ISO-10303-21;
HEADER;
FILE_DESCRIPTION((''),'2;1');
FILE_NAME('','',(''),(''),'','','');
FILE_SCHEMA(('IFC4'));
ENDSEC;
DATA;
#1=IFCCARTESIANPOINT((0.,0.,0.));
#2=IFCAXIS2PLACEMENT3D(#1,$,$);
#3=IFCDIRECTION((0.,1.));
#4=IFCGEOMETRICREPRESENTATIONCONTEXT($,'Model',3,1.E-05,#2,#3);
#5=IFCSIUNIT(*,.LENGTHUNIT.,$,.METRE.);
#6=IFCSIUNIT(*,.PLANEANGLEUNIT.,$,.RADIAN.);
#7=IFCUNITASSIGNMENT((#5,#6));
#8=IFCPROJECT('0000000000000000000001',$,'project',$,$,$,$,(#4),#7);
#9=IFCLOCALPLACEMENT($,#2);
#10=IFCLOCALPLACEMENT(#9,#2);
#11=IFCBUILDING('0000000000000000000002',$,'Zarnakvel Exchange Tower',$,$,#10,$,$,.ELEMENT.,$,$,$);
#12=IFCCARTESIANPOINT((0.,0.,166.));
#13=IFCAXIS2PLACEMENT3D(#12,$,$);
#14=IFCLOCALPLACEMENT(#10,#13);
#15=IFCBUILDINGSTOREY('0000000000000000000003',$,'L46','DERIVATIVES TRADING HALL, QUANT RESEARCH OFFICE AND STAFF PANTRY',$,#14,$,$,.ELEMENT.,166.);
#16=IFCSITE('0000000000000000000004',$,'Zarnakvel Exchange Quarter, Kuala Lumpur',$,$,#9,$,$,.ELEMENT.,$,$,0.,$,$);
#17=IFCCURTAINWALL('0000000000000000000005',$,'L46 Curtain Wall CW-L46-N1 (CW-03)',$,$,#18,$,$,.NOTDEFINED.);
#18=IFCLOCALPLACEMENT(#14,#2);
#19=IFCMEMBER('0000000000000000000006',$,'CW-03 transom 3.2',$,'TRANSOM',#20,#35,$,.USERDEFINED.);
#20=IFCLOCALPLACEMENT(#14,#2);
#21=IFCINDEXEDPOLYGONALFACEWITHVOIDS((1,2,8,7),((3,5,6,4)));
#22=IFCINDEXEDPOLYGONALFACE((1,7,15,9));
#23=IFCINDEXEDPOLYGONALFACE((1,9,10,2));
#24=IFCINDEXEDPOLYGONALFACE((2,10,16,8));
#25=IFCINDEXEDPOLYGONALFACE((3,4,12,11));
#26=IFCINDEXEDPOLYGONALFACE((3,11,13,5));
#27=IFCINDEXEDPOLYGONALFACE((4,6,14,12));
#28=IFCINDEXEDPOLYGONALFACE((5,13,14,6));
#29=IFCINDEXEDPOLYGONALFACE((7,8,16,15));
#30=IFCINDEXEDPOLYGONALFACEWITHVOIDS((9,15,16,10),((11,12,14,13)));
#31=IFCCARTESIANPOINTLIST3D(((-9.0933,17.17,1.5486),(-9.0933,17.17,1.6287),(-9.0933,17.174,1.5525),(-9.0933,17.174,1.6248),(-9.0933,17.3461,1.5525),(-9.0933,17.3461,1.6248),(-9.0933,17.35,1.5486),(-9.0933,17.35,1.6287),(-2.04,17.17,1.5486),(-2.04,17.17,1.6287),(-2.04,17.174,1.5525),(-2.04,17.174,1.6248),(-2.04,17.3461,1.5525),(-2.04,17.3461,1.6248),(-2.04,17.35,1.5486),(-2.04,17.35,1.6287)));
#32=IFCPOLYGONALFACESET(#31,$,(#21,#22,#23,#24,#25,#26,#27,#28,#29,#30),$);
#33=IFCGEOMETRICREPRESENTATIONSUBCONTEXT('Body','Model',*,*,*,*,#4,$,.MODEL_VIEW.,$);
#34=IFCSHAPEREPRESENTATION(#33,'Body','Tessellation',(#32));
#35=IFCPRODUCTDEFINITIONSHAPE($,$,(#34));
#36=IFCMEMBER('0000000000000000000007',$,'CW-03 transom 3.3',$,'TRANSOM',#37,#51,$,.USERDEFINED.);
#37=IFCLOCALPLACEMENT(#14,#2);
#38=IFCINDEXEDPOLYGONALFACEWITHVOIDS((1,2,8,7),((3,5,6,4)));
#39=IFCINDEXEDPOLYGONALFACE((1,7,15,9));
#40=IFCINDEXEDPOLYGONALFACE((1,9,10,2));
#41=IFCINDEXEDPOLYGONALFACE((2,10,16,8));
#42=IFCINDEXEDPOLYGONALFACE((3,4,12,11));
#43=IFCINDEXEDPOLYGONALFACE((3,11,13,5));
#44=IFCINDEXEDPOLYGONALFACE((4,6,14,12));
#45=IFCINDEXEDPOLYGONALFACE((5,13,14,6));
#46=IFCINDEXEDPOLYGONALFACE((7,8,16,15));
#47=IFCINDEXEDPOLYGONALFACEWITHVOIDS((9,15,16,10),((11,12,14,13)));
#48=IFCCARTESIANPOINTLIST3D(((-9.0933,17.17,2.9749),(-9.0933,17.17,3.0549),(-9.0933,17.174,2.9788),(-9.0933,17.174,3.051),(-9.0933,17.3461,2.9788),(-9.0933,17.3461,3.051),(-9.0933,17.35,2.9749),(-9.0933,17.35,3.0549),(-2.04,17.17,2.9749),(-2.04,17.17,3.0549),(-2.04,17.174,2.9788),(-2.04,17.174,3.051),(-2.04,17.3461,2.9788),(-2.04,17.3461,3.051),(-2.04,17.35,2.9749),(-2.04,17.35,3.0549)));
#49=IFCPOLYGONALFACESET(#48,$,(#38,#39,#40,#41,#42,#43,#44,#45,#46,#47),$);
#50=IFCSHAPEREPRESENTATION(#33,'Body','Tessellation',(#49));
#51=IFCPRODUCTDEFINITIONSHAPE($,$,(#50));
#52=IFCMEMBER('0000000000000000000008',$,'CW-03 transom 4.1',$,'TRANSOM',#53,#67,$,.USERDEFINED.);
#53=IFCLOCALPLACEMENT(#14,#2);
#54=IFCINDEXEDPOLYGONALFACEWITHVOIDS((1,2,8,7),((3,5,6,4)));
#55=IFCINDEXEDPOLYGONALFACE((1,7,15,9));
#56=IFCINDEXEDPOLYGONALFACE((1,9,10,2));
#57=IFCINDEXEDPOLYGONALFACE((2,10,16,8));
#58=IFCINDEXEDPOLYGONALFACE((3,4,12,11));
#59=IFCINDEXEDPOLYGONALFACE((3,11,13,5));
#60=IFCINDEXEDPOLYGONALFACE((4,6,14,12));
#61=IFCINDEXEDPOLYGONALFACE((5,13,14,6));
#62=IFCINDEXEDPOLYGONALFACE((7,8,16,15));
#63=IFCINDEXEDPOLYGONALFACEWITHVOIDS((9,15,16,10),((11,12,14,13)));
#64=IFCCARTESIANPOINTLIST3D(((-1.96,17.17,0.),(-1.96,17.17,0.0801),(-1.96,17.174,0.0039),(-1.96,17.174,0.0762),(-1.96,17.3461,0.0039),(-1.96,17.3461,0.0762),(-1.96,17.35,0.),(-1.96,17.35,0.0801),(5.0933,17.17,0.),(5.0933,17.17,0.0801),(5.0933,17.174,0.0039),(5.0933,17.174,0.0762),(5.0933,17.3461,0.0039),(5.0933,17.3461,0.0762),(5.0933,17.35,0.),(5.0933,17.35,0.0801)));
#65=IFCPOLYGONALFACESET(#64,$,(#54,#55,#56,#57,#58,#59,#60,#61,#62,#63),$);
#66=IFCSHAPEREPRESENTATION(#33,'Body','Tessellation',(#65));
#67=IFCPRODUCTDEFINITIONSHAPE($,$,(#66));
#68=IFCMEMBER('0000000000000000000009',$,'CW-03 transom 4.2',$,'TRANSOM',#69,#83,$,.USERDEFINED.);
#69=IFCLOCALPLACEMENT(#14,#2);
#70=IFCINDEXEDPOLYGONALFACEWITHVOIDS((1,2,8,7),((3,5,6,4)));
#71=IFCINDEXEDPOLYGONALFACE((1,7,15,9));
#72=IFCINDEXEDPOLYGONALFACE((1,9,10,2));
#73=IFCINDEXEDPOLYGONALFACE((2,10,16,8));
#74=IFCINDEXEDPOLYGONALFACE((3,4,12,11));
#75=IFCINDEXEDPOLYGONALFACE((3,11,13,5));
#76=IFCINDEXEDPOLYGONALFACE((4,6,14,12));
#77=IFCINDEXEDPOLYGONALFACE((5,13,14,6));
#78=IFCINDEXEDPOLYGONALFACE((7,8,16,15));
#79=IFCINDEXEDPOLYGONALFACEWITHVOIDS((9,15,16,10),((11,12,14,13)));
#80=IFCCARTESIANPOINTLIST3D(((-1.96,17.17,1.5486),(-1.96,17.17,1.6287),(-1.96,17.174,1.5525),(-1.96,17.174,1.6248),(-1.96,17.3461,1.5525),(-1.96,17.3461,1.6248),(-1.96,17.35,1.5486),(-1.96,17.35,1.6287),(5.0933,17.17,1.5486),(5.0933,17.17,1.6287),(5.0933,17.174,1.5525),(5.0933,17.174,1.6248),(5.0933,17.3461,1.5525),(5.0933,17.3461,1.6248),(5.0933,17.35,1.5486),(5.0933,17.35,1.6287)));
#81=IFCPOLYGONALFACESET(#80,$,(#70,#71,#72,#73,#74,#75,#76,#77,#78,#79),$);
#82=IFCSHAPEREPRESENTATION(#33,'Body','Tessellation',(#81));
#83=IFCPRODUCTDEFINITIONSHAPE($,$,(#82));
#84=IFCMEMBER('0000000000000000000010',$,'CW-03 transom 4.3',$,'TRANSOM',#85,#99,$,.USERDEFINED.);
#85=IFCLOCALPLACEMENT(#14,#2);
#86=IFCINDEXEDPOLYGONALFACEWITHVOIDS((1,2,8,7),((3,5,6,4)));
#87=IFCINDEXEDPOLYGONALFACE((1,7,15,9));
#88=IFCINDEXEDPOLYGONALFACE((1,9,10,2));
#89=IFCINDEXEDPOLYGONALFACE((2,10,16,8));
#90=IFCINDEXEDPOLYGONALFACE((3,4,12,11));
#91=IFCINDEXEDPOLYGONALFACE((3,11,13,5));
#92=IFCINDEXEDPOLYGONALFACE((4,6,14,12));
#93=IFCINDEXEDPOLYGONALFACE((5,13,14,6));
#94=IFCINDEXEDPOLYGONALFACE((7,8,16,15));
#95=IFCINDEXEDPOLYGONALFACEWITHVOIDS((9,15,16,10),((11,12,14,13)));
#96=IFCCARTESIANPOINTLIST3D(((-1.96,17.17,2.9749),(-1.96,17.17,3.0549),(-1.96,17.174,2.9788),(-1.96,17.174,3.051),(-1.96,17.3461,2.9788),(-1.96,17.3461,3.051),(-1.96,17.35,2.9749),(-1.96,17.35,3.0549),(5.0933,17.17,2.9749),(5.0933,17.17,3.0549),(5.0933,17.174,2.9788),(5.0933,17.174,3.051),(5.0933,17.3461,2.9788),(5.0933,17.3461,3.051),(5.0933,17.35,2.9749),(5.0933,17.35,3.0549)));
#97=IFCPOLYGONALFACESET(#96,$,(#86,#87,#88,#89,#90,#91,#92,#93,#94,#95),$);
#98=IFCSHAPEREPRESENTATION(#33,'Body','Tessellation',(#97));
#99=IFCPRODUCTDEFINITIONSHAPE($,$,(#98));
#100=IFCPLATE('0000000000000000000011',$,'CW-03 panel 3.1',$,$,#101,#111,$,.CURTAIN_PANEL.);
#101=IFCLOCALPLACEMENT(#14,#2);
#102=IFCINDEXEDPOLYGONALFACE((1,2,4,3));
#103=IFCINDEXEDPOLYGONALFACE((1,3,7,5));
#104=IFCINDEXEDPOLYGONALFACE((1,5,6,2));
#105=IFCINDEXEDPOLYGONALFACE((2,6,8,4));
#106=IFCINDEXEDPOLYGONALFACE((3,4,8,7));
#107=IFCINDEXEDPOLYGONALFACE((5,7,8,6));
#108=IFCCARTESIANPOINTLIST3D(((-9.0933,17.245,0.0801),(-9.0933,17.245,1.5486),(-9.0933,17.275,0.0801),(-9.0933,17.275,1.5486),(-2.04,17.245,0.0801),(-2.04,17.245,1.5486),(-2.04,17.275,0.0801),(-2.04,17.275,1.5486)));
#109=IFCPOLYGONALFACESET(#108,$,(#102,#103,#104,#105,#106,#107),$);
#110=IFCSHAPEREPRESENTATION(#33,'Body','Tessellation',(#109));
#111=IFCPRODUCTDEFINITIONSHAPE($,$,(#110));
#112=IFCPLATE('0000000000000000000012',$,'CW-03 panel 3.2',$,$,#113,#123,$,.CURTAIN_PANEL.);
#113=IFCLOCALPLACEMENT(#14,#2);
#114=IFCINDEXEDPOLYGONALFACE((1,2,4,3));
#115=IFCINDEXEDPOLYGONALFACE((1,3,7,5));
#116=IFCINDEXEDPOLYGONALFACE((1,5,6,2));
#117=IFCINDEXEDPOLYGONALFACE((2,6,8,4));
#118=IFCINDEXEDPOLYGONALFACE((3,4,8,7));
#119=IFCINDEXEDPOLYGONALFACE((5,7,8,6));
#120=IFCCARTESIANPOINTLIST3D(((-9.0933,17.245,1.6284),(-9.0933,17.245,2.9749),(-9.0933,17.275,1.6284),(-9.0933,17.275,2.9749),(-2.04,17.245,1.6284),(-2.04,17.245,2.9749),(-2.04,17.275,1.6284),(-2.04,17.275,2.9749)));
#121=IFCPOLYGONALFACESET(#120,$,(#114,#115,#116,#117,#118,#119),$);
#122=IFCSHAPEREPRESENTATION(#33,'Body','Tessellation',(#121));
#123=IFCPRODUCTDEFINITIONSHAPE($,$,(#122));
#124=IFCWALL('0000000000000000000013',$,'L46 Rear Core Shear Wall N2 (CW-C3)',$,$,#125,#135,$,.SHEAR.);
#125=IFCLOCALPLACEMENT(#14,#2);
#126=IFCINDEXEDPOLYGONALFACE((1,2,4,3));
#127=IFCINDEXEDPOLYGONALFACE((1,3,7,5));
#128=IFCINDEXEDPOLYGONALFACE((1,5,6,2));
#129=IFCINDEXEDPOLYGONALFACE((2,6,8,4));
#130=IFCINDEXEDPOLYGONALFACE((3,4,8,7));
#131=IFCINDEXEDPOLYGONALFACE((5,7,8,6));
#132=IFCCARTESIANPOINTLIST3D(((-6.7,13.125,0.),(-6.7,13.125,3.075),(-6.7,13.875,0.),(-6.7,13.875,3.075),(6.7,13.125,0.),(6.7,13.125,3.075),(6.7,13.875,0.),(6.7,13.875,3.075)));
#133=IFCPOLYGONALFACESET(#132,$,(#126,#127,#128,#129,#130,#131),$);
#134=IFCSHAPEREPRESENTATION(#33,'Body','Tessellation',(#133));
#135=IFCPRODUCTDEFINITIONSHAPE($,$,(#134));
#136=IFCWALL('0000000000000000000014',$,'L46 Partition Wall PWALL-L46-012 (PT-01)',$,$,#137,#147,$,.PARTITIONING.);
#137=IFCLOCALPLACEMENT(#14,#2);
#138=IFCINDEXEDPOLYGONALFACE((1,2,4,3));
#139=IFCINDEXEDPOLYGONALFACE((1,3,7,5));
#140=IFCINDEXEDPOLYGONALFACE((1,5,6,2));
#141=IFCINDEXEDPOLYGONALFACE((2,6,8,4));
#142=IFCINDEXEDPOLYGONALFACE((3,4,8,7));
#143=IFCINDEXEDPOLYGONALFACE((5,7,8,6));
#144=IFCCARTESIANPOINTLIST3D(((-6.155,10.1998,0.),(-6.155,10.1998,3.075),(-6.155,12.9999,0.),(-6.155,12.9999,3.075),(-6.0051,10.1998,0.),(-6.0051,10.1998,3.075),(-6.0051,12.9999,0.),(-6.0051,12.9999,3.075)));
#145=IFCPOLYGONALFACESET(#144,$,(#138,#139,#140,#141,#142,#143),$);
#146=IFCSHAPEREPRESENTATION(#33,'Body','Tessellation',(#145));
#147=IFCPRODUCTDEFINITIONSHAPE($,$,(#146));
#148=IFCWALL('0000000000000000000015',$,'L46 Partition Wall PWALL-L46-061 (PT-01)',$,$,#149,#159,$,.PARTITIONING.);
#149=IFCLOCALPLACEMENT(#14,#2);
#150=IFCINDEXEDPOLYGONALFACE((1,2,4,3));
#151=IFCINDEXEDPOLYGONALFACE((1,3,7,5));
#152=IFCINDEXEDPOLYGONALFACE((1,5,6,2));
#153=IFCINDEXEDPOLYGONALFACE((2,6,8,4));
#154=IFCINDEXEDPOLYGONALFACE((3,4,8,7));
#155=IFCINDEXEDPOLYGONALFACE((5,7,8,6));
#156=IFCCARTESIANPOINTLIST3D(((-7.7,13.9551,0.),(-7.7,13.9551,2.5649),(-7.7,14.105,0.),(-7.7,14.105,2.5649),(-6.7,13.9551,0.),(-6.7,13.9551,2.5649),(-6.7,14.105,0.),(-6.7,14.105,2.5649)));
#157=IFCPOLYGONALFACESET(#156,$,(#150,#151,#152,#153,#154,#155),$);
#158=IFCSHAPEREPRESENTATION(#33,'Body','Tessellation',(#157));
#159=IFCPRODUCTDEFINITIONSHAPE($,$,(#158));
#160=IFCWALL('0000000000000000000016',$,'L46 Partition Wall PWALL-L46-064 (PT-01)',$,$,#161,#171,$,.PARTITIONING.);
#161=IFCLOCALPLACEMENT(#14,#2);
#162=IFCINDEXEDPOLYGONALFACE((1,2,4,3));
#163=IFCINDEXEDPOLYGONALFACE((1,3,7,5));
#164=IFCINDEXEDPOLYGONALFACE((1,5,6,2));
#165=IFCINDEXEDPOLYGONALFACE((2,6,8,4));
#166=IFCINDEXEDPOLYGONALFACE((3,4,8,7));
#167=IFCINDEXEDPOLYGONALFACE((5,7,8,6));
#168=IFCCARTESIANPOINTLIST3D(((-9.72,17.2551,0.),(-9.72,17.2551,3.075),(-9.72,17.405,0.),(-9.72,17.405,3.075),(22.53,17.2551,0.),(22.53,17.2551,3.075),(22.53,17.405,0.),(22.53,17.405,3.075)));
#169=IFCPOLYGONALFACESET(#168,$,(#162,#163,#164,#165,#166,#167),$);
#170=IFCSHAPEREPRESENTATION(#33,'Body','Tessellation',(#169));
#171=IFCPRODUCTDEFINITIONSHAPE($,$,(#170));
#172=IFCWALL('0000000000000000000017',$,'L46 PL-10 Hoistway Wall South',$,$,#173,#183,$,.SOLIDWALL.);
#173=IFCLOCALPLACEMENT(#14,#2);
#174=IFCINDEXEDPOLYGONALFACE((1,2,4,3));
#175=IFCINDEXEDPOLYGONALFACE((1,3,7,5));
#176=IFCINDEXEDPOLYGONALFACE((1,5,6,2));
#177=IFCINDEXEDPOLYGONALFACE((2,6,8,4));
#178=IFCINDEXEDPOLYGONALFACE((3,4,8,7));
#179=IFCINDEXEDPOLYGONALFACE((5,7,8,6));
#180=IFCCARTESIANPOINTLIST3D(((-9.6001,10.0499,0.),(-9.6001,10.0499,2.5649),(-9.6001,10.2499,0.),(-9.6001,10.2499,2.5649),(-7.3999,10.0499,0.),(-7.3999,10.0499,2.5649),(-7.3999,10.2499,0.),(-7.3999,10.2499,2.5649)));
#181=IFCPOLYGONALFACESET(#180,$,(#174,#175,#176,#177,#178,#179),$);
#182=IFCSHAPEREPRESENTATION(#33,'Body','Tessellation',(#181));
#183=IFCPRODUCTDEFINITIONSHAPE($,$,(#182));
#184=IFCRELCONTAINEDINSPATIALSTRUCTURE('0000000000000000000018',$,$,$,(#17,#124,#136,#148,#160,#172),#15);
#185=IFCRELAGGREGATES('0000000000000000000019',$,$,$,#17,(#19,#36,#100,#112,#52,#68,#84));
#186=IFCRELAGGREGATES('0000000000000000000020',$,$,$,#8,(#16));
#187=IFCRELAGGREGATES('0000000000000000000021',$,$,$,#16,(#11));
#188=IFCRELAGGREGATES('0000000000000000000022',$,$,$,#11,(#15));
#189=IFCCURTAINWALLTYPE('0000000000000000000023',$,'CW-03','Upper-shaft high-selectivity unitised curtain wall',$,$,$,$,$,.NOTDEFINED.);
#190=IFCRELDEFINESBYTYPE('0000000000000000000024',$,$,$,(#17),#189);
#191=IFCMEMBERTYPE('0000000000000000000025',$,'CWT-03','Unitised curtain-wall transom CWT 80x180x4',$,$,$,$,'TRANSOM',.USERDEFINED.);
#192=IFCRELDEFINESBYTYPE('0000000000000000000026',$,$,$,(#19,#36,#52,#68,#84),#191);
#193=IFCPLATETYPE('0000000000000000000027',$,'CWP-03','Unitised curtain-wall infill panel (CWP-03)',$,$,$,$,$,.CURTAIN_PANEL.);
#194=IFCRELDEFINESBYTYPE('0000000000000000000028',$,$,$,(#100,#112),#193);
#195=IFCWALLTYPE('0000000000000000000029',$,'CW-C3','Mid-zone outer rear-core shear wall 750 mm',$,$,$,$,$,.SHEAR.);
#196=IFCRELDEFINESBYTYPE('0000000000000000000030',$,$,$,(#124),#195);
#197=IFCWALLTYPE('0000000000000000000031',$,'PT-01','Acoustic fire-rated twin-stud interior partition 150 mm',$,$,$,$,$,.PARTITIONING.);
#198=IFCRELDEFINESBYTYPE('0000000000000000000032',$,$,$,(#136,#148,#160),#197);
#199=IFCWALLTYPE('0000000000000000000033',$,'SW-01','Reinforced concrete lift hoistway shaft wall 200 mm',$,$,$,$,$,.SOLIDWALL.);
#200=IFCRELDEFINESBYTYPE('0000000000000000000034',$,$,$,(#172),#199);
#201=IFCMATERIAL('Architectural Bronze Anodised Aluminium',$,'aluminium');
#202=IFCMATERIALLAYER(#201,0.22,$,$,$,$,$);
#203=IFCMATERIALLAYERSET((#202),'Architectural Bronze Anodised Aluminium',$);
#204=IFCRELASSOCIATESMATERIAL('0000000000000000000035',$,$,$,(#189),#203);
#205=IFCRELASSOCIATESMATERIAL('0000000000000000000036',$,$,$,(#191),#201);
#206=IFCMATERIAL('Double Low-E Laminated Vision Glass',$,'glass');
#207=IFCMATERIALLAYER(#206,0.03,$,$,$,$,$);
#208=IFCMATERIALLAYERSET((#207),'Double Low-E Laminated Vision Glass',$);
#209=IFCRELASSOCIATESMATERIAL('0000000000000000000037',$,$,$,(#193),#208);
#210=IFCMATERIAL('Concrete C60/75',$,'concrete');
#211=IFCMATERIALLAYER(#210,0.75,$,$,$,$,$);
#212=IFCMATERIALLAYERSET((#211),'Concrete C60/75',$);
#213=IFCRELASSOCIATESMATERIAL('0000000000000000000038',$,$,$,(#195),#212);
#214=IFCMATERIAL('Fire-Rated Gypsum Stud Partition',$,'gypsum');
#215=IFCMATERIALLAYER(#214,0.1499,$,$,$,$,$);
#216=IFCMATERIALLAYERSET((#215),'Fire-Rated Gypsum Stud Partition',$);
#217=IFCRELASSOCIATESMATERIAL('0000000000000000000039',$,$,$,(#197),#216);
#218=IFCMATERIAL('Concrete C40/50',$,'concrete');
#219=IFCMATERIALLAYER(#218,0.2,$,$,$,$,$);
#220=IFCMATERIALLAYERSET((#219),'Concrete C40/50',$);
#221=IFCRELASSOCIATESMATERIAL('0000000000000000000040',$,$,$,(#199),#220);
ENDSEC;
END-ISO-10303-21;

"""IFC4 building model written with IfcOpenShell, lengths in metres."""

from ifc_helpers import new_model, si_unit, direction, frame, frame_2d, origin, origin_2d, place, context, subcontext, project, spatial, rectangle, hollow_rectangle, extrude, source, transform, mapped, material, layer, layer_set, material_profile, profile_set, type_object, element, aggregate, save


model = new_model("IFC4")

# Units and contexts
model_context = context("Model", 3, precision=1e-05, world=origin(), true_north=direction((0.0, 1.0)))
body_context = subcontext(model_context, "Body", "Model", "MODEL_VIEW")
ifc_project = project(units=[si_unit("LENGTHUNIT", "METRE"), si_unit("PLANEANGLEUNIT", "RADIAN")], contexts=[model_context])

# Site, building, storey
site_placement = place(None, origin())
site = spatial("IfcSite", under=ifc_project, at=site_placement, Name="Zarnakvel Exchange Quarter, Kuala Lumpur", CompositionType="ELEMENT", RefElevation=0.0)
building_placement = place(site_placement, origin())
building = spatial("IfcBuilding", under=site, at=building_placement, Name="Zarnakvel Exchange Tower", CompositionType="ELEMENT")
storey_placement = place(building_placement, frame((0.0, 0.0, 166.0)))
storey = spatial("IfcBuildingStorey", under=building, at=storey_placement, Name="L46", Description="DERIVATIVES TRADING HALL, QUANT RESEARCH OFFICE AND STAFF PANTRY", CompositionType="ELEMENT", Elevation=166.0)

# Shared definitions
ifc_material_1 = material(Name="Concrete C60/75", Category="concrete")

# Curtain wall, members, plates
ifc_material_2 = material(Name="Architectural Bronze Anodised Aluminium", Category="aluminium")
ifc_layer_1 = layer(ifc_material_2, 0.22)
ifc_layer_set_1 = layer_set([ifc_layer_1], Name="Architectural Bronze Anodised Aluminium")
curtain_wall_type = type_object("IfcCurtainWallType", Name="CW-03", Description="Upper-shaft high-selectivity unitised curtain wall", PredefinedType="NOTDEFINED", material=ifc_layer_set_1)
curtain_wall_placement = place(storey_placement, origin())
curtain_wall = element("IfcCurtainWall", 1, at=curtain_wall_placement, inside=storey, type_object=curtain_wall_type, Name="L46 Curtain Wall CW-L46-N1 (CW-03)", PredefinedType="NOTDEFINED")
ifc_material_profile_1 = material_profile(ifc_material_2, hollow_rectangle(XDim=0.1799, YDim=0.0801, WallThickness=0.0039, at=origin_2d()))
ifc_profile_set_1 = profile_set([ifc_material_profile_1], Name="Architectural Bronze Anodised Aluminium")
member_type_1 = type_object("IfcMemberType", Name="CWT-03", Description="Unitised curtain-wall transom CWT 80x180x4", ElementType="TRANSOM", PredefinedType="USERDEFINED", material=ifc_profile_set_1)
shared_shape_1 = source(origin(), body_context, "Body", "SweptSolid", [
    extrude(hollow_rectangle(XDim=0.1799, YDim=0.0801, WallThickness=0.0039, at=origin_2d()), origin(), (0.0, 0.0, 1.0), 7.0532),
])
member_1_placement = place(storey_placement, frame((-9.0933, 17.26, 1.5886), z_axis=(1.0, 0.0, 0.0), x_axis=(0.0, 1.0, 0.0)))
member_1 = element("IfcMember", 2, at=member_1_placement, type_object=member_type_1, Name="CW-03 transom 3.2", ObjectType="TRANSOM", PredefinedType="USERDEFINED", context=body_context, shape_type="MappedRepresentation", body=[
    mapped(shared_shape_1, transform((0.0, 0.0, 0.0), x_axis=(1.0, 0.0, 0.0), y_axis=(0.0, 1.0, 0.0), z_axis=(0.0, 0.0, 1.0), scale=1.0)),
])
member_2_placement = place(storey_placement, frame((-9.0933, 17.26, 3.0149), z_axis=(1.0, 0.0, 0.0), x_axis=(0.0, 1.0, 0.0)))
member_2 = element("IfcMember", 3, at=member_2_placement, type_object=member_type_1, Name="CW-03 transom 3.3", ObjectType="TRANSOM", PredefinedType="USERDEFINED", context=body_context, shape_type="MappedRepresentation", body=[
    mapped(shared_shape_1, transform((0.0, 0.0, 0.0), x_axis=(1.0, 0.0, 0.0), y_axis=(0.0, 1.0, 0.0), z_axis=(0.0, 0.0, 1.0), scale=1.0)),
])
member_3_placement = place(storey_placement, frame((-1.96, 17.26, 0.04), z_axis=(1.0, 0.0, 0.0), x_axis=(0.0, 1.0, 0.0)))
member_3 = element("IfcMember", 4, at=member_3_placement, type_object=member_type_1, Name="CW-03 transom 4.1", ObjectType="TRANSOM", PredefinedType="USERDEFINED", context=body_context, shape_type="MappedRepresentation", body=[
    mapped(shared_shape_1, transform((0.0, 0.0, 0.0), x_axis=(1.0, 0.0, 0.0), y_axis=(0.0, 1.0, 0.0), z_axis=(0.0, 0.0, 1.0), scale=1.0)),
])
member_4_placement = place(storey_placement, frame((-1.96, 17.26, 1.5886), z_axis=(1.0, 0.0, 0.0), x_axis=(0.0, 1.0, 0.0)))
member_4 = element("IfcMember", 5, at=member_4_placement, type_object=member_type_1, Name="CW-03 transom 4.2", ObjectType="TRANSOM", PredefinedType="USERDEFINED", context=body_context, shape_type="MappedRepresentation", body=[
    mapped(shared_shape_1, transform((0.0, 0.0, 0.0), x_axis=(1.0, 0.0, 0.0), y_axis=(0.0, 1.0, 0.0), z_axis=(0.0, 0.0, 1.0), scale=1.0)),
])
member_5_placement = place(storey_placement, frame((-1.96, 17.26, 3.0149), z_axis=(1.0, 0.0, 0.0), x_axis=(0.0, 1.0, 0.0)))
member_5 = element("IfcMember", 6, at=member_5_placement, type_object=member_type_1, Name="CW-03 transom 4.3", ObjectType="TRANSOM", PredefinedType="USERDEFINED", context=body_context, shape_type="MappedRepresentation", body=[
    mapped(shared_shape_1, transform((0.0, 0.0, 0.0), x_axis=(1.0, 0.0, 0.0), y_axis=(0.0, 1.0, 0.0), z_axis=(0.0, 0.0, 1.0), scale=1.0)),
])
ifc_material_3 = material(Name="Double Low-E Laminated Vision Glass", Category="glass")
ifc_layer_2 = layer(ifc_material_3, 0.03)
ifc_layer_set_2 = layer_set([ifc_layer_2], Name="Double Low-E Laminated Vision Glass")
plate_type = type_object("IfcPlateType", Name="CWP-03", Description="Unitised curtain-wall infill panel (CWP-03)", PredefinedType="CURTAIN_PANEL", material=ifc_layer_set_2)
shared_shape_2 = source(origin(), body_context, "Body", "SweptSolid", [
    extrude(rectangle(XDim=7.0532, YDim=0.03, at=origin_2d()), origin(), (0.0, 0.0, 1.0), 1.4685),
])
plate_1_placement = place(storey_placement, frame((-5.5667, 17.26, 0.0801), z_axis=(0.0, 0.0, 1.0), x_axis=(1.0, 0.0, 0.0)))
plate_1 = element("IfcPlate", 7, at=plate_1_placement, type_object=plate_type, Name="CW-03 panel 3.1", PredefinedType="CURTAIN_PANEL", context=body_context, shape_type="MappedRepresentation", body=[
    mapped(shared_shape_2, transform((0.0, 0.0, 0.0), x_axis=(1.0, 0.0, 0.0), y_axis=(0.0, 1.0, 0.0), z_axis=(0.0, 0.0, 1.0), scale=1.0)),
])
shared_shape_3 = source(origin(), body_context, "Body", "SweptSolid", [
    extrude(rectangle(XDim=7.0532, YDim=0.03, at=origin_2d()), origin(), (0.0, 0.0, 1.0), 1.3464),
])
plate_2_placement = place(storey_placement, frame((-5.5667, 17.26, 1.6284), z_axis=(0.0, 0.0, 1.0), x_axis=(1.0, 0.0, 0.0)))
plate_2 = element("IfcPlate", 8, at=plate_2_placement, type_object=plate_type, Name="CW-03 panel 3.2", PredefinedType="CURTAIN_PANEL", context=body_context, shape_type="MappedRepresentation", body=[
    mapped(shared_shape_3, transform((0.0, 0.0, 0.0), x_axis=(1.0, 0.0, 0.0), y_axis=(0.0, 1.0, 0.0), z_axis=(0.0, 0.0, 1.0), scale=1.0)),
])
aggregate(curtain_wall, [member_1, member_2, plate_1, plate_2, member_3, member_4, member_5])

# Walls
ifc_layer_3 = layer(ifc_material_1, 0.75)
ifc_layer_set_3 = layer_set([ifc_layer_3], Name="Concrete C60/75")
wall_type_1 = type_object("IfcWallType", Name="CW-C3", Description="Mid-zone outer rear-core shear wall 750 mm", PredefinedType="SHEAR", material=ifc_layer_set_3)
wall_1_placement = place(storey_placement, frame((-6.7, 13.5, 0.0), z_axis=(0.0, 0.0, 1.0), x_axis=(1.0, 0.0, 0.0)))
element("IfcWall", 9, at=wall_1_placement, inside=storey, type_object=wall_type_1, Name="L46 Rear Core Shear Wall N2 (CW-C3)", PredefinedType="SHEAR", context=body_context, shape_type="SweptSolid", body=[
    extrude(rectangle(XDim=13.3999, YDim=0.75, at=frame_2d((6.7, 0.0))), origin(), (0.0, 0.0, 1.0), 3.075),
])
ifc_material_4 = material(Name="Fire-Rated Gypsum Stud Partition", Category="gypsum")
ifc_layer_4 = layer(ifc_material_4, 0.1499)
ifc_layer_set_4 = layer_set([ifc_layer_4], Name="Fire-Rated Gypsum Stud Partition")
wall_type_2 = type_object("IfcWallType", Name="PT-01", Description="Acoustic fire-rated twin-stud interior partition 150 mm", PredefinedType="PARTITIONING", material=ifc_layer_set_4)
wall_2_placement = place(storey_placement, frame((-6.0801, 10.2, 0.0), z_axis=(0.0, 0.0, 1.0), x_axis=(0.0, 1.0, 0.0)))
element("IfcWall", 10, at=wall_2_placement, inside=storey, type_object=wall_type_2, Name="L46 Partition Wall PWALL-L46-012 (PT-01)", PredefinedType="PARTITIONING", context=body_context, shape_type="SweptSolid", body=[
    extrude(rectangle(XDim=2.8, YDim=0.1499, at=frame_2d((1.3999, 0.0))), origin(), (0.0, 0.0, 1.0), 3.075),
])
wall_3_placement = place(storey_placement, frame((-6.7, 14.03, 0.0), z_axis=(0.0, 0.0, 1.0), x_axis=(-1.0, 0.0, 0.0)))
element("IfcWall", 11, at=wall_3_placement, inside=storey, type_object=wall_type_2, Name="L46 Partition Wall PWALL-L46-061 (PT-01)", PredefinedType="PARTITIONING", context=body_context, shape_type="SweptSolid", body=[
    extrude(rectangle(XDim=1.0, YDim=0.1499, at=frame_2d((0.5, 0.0))), origin(), (0.0, 0.0, 1.0), 2.5649),
])
wall_4_placement = place(storey_placement, frame((-9.72, 17.3301, 0.0), z_axis=(0.0, 0.0, 1.0), x_axis=(1.0, 0.0, 0.0)))
element("IfcWall", 12, at=wall_4_placement, inside=storey, type_object=wall_type_2, Name="L46 Partition Wall PWALL-L46-064 (PT-01)", PredefinedType="PARTITIONING", context=body_context, shape_type="SweptSolid", body=[
    extrude(rectangle(XDim=32.25, YDim=0.1499, at=frame_2d((16.125, 0.0))), origin(), (0.0, 0.0, 1.0), 3.075),
])

# Wall
ifc_material_5 = material(Name="Concrete C40/50", Category="concrete")
ifc_layer_5 = layer(ifc_material_5, 0.2)
ifc_layer_set_5 = layer_set([ifc_layer_5], Name="Concrete C40/50")
wall_type_3 = type_object("IfcWallType", Name="SW-01", Description="Reinforced concrete lift hoistway shaft wall 200 mm", PredefinedType="SOLIDWALL", material=ifc_layer_set_5)
for number, where, z_axis, x_axis, name in (
    (13, (-7.3999, 10.1499, 0.0), (0.0, 0.0, 1.0), (-1.0, 0.0, 0.0), "L46 PL-10 Hoistway Wall South"),
):
    element("IfcWall", number, at=place(storey_placement, frame(where, z_axis=z_axis, x_axis=x_axis)), inside=storey, type_object=wall_type_3, Name=name, PredefinedType="SOLIDWALL", context=body_context, shape_type="SweptSolid", body=[
        extrude(rectangle(XDim=2.2002, YDim=0.2, at=frame_2d((1.1001, 0.0))), origin(), (0.0, 0.0, 1.0), 2.5649),
    ])

save(model, "model.ifc")
